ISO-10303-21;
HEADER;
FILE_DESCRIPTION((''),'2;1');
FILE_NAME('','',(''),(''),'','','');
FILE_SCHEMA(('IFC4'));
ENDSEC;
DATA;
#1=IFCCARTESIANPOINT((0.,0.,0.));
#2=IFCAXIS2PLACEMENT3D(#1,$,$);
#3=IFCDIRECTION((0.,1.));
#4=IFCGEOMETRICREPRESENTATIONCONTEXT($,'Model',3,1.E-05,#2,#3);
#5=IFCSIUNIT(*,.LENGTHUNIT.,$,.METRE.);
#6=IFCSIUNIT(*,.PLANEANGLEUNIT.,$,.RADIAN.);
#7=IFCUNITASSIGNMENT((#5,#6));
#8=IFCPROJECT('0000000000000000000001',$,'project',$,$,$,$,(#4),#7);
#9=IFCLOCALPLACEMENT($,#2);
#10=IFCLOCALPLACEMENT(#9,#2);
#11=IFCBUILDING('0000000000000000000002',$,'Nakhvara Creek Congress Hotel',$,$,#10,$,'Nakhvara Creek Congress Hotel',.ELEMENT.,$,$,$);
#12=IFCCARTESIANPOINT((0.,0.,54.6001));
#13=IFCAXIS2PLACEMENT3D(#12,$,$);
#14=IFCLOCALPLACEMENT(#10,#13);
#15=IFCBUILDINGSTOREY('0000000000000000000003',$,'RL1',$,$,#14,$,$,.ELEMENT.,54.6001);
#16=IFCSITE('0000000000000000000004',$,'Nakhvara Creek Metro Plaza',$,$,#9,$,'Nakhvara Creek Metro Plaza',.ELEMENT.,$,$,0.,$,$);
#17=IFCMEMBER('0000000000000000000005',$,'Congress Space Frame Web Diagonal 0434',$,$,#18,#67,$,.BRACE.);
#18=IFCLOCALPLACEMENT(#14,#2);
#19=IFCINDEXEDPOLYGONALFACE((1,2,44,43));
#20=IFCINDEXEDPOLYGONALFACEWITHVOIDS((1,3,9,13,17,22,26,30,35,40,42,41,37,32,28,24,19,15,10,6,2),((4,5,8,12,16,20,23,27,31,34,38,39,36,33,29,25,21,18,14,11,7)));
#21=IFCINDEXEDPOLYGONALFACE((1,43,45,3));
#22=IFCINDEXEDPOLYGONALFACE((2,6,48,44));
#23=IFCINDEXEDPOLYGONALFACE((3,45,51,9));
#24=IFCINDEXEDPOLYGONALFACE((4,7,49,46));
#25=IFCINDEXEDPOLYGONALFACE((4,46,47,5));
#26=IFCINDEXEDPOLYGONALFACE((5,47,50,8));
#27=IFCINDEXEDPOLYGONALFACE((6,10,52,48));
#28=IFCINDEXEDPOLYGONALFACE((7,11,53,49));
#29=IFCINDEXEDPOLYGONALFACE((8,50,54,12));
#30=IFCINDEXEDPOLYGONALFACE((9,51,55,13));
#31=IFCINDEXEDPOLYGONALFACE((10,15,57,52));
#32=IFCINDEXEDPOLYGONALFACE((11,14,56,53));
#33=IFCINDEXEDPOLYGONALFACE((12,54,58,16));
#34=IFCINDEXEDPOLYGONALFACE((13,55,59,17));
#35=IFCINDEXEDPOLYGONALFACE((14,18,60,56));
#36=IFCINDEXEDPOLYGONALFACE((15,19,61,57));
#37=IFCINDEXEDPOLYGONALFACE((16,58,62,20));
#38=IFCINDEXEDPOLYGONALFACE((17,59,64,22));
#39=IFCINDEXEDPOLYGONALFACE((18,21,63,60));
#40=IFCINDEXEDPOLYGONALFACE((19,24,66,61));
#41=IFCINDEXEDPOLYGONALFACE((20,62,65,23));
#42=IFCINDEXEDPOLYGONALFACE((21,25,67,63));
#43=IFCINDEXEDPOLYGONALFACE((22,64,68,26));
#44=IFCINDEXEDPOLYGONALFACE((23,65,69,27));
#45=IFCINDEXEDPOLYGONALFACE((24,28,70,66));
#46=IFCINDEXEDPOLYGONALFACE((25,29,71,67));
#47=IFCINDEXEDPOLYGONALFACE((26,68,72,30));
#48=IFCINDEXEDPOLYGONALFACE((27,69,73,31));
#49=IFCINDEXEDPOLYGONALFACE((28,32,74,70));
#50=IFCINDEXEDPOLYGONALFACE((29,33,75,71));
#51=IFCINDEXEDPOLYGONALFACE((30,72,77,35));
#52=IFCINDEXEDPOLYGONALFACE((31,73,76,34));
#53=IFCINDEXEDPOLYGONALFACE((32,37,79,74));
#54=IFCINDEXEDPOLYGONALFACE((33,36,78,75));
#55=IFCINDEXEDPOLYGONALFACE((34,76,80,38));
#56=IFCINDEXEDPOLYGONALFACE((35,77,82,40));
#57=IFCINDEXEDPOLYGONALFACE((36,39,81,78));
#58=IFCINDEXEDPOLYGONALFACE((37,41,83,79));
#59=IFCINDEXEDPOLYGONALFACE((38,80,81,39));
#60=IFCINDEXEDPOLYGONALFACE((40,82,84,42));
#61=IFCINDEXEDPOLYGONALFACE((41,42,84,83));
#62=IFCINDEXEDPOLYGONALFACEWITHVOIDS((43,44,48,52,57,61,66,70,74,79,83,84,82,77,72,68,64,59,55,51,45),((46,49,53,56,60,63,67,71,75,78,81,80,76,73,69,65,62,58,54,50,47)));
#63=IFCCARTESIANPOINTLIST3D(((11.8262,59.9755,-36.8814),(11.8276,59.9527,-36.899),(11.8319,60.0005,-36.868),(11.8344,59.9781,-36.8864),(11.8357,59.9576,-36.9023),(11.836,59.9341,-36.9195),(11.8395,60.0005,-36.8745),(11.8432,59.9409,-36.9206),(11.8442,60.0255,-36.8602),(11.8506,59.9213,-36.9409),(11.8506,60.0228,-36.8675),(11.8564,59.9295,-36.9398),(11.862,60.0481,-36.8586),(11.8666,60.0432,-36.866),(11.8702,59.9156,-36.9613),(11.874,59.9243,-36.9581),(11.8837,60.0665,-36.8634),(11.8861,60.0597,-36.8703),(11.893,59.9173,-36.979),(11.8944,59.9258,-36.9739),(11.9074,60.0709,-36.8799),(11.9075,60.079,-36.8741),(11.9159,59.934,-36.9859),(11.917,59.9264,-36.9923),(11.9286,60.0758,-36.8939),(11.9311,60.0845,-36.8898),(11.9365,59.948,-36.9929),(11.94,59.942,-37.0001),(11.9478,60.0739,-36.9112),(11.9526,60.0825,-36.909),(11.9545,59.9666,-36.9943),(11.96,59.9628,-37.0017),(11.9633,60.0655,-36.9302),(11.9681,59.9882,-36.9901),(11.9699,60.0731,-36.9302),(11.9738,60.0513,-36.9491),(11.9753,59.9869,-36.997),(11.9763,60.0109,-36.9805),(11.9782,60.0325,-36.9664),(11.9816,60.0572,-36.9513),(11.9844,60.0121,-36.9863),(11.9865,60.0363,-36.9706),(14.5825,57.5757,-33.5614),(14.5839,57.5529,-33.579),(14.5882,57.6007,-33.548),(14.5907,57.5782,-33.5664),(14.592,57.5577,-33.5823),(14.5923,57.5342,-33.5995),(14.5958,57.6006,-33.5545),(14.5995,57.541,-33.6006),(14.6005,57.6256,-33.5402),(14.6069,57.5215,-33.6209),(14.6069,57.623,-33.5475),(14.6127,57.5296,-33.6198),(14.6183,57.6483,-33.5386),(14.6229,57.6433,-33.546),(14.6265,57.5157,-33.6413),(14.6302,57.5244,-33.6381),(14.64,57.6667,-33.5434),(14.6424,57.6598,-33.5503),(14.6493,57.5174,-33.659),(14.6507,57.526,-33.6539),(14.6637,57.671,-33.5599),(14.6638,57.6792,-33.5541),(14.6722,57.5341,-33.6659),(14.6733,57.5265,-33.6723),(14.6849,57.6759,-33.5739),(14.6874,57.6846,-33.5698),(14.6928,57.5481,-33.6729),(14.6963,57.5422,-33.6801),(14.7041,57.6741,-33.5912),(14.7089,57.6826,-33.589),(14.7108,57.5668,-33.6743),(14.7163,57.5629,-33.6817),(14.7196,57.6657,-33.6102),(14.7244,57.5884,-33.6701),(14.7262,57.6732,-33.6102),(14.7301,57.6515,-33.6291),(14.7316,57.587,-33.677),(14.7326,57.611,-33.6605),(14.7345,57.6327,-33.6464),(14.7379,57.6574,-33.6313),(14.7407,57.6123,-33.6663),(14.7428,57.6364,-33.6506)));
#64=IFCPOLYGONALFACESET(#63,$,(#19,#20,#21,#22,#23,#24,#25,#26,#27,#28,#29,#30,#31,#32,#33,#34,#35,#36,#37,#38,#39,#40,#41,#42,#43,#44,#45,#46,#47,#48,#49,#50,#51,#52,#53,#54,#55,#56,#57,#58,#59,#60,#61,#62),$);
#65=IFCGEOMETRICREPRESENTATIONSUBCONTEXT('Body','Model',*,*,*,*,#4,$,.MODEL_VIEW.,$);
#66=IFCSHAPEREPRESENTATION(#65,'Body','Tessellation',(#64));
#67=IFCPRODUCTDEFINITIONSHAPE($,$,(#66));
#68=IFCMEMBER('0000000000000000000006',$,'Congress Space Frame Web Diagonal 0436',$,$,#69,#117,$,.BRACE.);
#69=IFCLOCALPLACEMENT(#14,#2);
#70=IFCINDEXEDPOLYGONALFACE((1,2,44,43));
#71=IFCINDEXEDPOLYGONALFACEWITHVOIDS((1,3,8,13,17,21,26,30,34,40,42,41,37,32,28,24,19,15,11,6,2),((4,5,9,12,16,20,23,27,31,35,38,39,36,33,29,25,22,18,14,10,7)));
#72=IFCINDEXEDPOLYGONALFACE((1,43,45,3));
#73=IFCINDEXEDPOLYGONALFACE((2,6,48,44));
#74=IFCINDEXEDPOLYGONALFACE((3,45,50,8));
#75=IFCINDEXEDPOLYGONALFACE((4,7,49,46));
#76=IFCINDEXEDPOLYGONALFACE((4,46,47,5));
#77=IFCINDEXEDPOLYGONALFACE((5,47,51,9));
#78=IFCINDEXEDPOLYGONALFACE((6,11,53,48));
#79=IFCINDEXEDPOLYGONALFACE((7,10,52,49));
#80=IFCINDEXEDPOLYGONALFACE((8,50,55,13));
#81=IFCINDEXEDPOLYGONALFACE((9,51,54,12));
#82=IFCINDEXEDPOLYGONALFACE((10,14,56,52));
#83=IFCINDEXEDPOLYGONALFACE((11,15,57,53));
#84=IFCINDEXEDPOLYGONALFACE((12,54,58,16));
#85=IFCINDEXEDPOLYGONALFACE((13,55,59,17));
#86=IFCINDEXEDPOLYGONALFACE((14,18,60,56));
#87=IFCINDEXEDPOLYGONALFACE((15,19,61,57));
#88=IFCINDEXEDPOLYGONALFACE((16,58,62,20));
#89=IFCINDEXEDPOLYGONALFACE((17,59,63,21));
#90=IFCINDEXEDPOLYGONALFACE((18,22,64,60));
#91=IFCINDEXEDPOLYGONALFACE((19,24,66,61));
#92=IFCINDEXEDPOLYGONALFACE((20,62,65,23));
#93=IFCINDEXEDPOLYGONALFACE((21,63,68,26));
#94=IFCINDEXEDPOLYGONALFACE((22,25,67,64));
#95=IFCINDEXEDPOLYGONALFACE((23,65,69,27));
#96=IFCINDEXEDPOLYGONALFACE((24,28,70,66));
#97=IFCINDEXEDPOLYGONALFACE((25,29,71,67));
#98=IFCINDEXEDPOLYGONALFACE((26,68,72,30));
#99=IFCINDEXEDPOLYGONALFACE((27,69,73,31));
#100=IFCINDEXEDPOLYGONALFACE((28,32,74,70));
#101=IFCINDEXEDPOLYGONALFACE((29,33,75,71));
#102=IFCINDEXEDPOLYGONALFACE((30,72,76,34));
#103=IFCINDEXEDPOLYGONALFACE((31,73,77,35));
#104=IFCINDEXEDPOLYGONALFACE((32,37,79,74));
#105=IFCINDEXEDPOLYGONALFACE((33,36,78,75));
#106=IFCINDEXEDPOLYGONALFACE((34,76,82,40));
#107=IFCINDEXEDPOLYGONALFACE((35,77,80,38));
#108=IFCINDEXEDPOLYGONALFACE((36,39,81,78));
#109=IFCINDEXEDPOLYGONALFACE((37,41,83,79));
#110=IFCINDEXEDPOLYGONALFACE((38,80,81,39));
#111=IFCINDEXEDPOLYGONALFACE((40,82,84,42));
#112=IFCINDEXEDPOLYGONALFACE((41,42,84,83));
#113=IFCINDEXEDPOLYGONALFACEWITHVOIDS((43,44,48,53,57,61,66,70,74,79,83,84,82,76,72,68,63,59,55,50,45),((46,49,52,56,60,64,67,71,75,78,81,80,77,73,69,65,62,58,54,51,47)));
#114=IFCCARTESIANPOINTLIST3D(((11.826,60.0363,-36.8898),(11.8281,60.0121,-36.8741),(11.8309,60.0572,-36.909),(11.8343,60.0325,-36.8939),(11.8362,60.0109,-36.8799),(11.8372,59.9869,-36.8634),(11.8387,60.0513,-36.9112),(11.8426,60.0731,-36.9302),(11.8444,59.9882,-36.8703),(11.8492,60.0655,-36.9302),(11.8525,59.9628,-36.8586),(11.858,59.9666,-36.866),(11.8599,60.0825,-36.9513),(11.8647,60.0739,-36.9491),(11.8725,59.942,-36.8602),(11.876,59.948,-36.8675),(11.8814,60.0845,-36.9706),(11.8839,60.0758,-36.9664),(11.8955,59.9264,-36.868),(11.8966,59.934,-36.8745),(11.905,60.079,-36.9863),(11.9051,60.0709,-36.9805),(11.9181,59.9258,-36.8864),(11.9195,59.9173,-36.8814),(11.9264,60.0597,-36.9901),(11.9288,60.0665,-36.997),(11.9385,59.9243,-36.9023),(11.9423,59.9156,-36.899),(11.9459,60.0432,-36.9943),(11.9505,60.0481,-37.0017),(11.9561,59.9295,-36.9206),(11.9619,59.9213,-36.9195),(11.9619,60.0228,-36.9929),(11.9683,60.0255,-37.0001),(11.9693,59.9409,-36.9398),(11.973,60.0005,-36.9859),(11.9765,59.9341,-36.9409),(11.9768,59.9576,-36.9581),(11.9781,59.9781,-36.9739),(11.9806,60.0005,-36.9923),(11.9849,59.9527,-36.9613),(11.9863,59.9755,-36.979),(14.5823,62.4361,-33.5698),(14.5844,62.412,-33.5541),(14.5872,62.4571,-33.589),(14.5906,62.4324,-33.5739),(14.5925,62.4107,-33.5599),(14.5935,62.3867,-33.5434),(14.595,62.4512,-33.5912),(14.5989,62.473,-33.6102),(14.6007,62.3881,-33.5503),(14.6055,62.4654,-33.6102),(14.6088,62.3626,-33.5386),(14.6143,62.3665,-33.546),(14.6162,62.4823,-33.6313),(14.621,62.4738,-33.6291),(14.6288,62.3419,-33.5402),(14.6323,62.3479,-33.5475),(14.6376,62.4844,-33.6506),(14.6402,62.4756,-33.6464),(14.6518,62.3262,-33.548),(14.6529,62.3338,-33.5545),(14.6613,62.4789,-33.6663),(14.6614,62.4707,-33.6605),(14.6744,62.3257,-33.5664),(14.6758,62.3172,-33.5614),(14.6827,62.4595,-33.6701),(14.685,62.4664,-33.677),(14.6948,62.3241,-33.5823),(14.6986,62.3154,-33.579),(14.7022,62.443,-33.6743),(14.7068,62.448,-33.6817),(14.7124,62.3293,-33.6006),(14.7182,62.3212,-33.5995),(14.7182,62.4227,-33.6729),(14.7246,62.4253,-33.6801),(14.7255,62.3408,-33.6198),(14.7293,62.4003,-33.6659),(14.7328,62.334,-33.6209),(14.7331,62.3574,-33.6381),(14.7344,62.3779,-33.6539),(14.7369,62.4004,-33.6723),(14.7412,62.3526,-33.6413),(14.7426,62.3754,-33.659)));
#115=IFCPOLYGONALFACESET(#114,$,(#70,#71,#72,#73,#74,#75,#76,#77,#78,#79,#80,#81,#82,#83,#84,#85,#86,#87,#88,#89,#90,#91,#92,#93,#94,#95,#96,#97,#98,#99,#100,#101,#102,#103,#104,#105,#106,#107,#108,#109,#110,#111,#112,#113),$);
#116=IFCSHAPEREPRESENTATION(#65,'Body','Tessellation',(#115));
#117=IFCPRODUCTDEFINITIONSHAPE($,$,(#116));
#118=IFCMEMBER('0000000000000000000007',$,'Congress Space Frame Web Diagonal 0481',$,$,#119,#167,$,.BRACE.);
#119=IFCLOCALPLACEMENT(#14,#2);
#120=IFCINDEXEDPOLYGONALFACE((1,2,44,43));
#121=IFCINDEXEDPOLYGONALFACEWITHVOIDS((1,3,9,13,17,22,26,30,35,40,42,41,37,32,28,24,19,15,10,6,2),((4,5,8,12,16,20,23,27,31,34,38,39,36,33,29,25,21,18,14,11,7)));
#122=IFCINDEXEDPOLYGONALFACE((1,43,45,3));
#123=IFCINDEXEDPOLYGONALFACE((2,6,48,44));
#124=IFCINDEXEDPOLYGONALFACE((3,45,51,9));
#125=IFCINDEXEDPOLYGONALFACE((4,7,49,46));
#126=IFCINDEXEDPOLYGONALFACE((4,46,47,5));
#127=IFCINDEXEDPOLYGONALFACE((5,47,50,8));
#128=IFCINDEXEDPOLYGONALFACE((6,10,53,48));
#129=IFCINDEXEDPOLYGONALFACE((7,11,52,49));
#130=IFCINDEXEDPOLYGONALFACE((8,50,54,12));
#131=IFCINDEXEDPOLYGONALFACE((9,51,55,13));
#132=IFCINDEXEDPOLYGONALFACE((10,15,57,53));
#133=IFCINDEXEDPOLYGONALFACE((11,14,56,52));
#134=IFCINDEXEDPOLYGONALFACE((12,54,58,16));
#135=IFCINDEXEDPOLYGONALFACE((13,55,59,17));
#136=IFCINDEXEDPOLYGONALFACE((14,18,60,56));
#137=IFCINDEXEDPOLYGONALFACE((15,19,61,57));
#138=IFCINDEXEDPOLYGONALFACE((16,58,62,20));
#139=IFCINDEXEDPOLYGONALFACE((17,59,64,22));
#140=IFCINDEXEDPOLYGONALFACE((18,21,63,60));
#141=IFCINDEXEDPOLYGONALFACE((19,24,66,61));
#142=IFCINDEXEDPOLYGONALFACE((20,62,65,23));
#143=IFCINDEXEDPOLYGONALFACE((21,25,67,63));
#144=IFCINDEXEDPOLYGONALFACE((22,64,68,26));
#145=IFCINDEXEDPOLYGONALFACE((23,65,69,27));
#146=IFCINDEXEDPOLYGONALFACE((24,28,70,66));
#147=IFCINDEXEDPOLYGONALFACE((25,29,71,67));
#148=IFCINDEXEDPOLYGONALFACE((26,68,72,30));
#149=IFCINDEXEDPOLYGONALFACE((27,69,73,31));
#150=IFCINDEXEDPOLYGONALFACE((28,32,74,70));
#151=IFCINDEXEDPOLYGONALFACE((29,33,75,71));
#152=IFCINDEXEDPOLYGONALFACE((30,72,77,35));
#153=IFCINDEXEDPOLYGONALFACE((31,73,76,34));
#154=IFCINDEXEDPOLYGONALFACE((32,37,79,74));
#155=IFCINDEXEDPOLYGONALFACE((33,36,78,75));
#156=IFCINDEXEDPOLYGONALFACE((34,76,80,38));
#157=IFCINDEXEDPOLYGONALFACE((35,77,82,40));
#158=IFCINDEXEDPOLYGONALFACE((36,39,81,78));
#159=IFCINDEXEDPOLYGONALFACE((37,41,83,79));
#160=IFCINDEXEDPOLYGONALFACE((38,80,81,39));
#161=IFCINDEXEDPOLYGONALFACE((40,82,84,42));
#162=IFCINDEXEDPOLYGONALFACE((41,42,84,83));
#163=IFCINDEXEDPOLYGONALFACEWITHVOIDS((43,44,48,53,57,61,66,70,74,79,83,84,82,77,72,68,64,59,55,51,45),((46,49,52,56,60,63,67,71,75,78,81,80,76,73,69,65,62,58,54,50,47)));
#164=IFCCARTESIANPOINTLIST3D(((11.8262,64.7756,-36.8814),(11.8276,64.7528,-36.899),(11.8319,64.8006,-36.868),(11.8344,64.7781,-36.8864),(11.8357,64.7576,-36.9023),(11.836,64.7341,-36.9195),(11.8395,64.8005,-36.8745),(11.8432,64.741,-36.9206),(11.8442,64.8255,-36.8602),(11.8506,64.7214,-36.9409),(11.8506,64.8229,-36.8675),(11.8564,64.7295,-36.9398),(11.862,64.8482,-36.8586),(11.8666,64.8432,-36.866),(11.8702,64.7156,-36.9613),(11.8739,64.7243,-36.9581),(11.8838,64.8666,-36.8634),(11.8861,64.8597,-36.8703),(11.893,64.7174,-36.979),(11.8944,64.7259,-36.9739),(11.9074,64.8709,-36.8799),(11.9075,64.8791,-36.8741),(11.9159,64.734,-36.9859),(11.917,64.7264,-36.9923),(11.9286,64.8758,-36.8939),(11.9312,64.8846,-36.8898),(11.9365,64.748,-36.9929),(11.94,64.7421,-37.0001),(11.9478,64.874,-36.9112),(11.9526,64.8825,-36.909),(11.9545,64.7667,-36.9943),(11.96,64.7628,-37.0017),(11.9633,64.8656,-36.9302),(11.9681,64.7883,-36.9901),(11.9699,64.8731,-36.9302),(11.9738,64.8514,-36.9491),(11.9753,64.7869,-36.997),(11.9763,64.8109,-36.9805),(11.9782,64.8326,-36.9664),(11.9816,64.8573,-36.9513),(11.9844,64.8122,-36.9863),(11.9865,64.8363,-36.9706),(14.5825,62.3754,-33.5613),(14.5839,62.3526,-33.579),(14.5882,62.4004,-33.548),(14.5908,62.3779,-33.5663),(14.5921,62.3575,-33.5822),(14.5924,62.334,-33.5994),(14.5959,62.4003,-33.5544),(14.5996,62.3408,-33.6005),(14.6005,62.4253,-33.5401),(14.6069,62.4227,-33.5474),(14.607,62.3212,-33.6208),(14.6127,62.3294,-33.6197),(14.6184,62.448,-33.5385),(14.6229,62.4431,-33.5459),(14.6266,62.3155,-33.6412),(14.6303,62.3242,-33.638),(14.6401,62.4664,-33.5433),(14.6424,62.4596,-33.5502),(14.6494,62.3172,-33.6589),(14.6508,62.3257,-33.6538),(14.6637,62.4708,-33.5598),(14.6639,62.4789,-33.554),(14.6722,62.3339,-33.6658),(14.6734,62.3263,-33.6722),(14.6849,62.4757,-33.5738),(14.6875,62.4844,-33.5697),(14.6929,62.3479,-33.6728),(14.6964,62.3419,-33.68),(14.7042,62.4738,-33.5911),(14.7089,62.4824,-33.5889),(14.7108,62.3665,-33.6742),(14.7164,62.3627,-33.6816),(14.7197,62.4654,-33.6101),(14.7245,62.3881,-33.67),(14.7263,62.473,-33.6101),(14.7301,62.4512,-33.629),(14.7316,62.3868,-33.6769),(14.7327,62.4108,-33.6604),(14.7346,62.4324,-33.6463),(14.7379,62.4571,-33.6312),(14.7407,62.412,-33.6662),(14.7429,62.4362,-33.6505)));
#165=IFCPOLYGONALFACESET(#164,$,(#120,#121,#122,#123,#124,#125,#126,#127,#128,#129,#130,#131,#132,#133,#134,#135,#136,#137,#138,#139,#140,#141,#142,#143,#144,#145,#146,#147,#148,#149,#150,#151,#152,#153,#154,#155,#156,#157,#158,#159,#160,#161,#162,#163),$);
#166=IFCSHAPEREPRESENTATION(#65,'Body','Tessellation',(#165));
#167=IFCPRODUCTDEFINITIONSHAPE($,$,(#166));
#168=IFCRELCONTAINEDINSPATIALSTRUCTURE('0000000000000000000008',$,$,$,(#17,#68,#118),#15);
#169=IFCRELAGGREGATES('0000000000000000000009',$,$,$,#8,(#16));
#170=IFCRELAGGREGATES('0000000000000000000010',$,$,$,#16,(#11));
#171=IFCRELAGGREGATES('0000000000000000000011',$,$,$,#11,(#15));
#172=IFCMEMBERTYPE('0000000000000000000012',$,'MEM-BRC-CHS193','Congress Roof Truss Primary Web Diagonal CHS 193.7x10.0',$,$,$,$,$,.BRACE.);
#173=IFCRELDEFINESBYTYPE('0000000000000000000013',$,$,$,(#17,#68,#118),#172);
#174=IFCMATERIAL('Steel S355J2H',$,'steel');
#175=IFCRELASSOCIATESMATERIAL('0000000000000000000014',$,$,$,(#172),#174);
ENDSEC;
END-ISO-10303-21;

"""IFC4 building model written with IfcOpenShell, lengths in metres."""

from ifc_helpers import new_model, si_unit, direction, frame, origin, origin_2d, place, context, subcontext, project, spatial, hollow_circle, extrude, material, material_profile, profile_set, type_object, element, save


model = new_model("IFC4")

# Units and contexts
model_context = context("Model", 3, precision=1e-05, world=origin(), true_north=direction((0.0, 1.0)))
body_context = subcontext(model_context, "Body", "Model", "MODEL_VIEW")
ifc_project = project(units=[si_unit("LENGTHUNIT", "METRE"), si_unit("PLANEANGLEUNIT", "RADIAN")], contexts=[model_context])

# Site, building, storey
site_placement = place(None, origin())
site = spatial("IfcSite", under=ifc_project, at=site_placement, Name="Nakhvara Creek Metro Plaza", LongName="Nakhvara Creek Metro Plaza", CompositionType="ELEMENT", RefElevation=0.0)
building_placement = place(site_placement, origin())
building = spatial("IfcBuilding", under=site, at=building_placement, Name="Nakhvara Creek Congress Hotel", LongName="Nakhvara Creek Congress Hotel", CompositionType="ELEMENT")
storey_placement = place(building_placement, frame((0.0, 0.0, 54.6001)))
storey = spatial("IfcBuildingStorey", under=building, at=storey_placement, Name="RL1", CompositionType="ELEMENT", Elevation=54.6001)

# Members
ifc_material_1 = material(Name="Steel S355J2H", Category="steel")
ifc_material_profile_1 = material_profile(ifc_material_1, hollow_circle(Radius=0.0969, WallThickness=0.01, at=origin_2d()), Name="CHS 193.7x10.0", Category="LoadBearing")
ifc_profile_set_1 = profile_set([ifc_material_profile_1], Name="Steel S355J2H")
member_type_1 = type_object("IfcMemberType", Name="MEM-BRC-CHS193", Description="Congress Roof Truss Primary Web Diagonal CHS 193.7x10.0", PredefinedType="BRACE", material=ifc_profile_set_1)
for number, where, z_axis, x_axis, name in (
    (1, (11.9062, 60.0, -36.9302), (0.558237, -0.486047, 0.672406), (0.656658, 0.754188, 0.0), "Congress Space Frame Web Diagonal 0434"),
    (2, (11.9062, 60.0, -36.9302), (0.558237, 0.486047, 0.672406), (-0.656658, 0.754188, 0.0), "Congress Space Frame Web Diagonal 0436"),
):
    element("IfcMember", number, at=place(storey_placement, frame(where, z_axis=z_axis, x_axis=x_axis)), inside=storey, type_object=member_type_1, Name=name, PredefinedType="BRACE", context=body_context, shape_type="SweptSolid", body=[
        extrude(hollow_circle(Radius=0.0969, WallThickness=0.01, at=origin_2d()), origin(), (0.0, 0.0, 1.0), 4.9375),
    ])
member_1_placement = place(storey_placement, frame((11.9062, 64.8, -36.9302), z_axis=(0.558224, -0.486085, 0.67239), x_axis=(0.656696, 0.754155, 0.0)))
element("IfcMember", 3, at=member_1_placement, inside=storey, type_object=member_type_1, Name="Congress Space Frame Web Diagonal 0481", PredefinedType="BRACE", context=body_context, shape_type="SweptSolid", body=[
    extrude(hollow_circle(Radius=0.0969, WallThickness=0.01, at=origin_2d()), origin(), (0.0, 0.0, 1.0), 4.9377),
])

save(model, "model.ifc")
